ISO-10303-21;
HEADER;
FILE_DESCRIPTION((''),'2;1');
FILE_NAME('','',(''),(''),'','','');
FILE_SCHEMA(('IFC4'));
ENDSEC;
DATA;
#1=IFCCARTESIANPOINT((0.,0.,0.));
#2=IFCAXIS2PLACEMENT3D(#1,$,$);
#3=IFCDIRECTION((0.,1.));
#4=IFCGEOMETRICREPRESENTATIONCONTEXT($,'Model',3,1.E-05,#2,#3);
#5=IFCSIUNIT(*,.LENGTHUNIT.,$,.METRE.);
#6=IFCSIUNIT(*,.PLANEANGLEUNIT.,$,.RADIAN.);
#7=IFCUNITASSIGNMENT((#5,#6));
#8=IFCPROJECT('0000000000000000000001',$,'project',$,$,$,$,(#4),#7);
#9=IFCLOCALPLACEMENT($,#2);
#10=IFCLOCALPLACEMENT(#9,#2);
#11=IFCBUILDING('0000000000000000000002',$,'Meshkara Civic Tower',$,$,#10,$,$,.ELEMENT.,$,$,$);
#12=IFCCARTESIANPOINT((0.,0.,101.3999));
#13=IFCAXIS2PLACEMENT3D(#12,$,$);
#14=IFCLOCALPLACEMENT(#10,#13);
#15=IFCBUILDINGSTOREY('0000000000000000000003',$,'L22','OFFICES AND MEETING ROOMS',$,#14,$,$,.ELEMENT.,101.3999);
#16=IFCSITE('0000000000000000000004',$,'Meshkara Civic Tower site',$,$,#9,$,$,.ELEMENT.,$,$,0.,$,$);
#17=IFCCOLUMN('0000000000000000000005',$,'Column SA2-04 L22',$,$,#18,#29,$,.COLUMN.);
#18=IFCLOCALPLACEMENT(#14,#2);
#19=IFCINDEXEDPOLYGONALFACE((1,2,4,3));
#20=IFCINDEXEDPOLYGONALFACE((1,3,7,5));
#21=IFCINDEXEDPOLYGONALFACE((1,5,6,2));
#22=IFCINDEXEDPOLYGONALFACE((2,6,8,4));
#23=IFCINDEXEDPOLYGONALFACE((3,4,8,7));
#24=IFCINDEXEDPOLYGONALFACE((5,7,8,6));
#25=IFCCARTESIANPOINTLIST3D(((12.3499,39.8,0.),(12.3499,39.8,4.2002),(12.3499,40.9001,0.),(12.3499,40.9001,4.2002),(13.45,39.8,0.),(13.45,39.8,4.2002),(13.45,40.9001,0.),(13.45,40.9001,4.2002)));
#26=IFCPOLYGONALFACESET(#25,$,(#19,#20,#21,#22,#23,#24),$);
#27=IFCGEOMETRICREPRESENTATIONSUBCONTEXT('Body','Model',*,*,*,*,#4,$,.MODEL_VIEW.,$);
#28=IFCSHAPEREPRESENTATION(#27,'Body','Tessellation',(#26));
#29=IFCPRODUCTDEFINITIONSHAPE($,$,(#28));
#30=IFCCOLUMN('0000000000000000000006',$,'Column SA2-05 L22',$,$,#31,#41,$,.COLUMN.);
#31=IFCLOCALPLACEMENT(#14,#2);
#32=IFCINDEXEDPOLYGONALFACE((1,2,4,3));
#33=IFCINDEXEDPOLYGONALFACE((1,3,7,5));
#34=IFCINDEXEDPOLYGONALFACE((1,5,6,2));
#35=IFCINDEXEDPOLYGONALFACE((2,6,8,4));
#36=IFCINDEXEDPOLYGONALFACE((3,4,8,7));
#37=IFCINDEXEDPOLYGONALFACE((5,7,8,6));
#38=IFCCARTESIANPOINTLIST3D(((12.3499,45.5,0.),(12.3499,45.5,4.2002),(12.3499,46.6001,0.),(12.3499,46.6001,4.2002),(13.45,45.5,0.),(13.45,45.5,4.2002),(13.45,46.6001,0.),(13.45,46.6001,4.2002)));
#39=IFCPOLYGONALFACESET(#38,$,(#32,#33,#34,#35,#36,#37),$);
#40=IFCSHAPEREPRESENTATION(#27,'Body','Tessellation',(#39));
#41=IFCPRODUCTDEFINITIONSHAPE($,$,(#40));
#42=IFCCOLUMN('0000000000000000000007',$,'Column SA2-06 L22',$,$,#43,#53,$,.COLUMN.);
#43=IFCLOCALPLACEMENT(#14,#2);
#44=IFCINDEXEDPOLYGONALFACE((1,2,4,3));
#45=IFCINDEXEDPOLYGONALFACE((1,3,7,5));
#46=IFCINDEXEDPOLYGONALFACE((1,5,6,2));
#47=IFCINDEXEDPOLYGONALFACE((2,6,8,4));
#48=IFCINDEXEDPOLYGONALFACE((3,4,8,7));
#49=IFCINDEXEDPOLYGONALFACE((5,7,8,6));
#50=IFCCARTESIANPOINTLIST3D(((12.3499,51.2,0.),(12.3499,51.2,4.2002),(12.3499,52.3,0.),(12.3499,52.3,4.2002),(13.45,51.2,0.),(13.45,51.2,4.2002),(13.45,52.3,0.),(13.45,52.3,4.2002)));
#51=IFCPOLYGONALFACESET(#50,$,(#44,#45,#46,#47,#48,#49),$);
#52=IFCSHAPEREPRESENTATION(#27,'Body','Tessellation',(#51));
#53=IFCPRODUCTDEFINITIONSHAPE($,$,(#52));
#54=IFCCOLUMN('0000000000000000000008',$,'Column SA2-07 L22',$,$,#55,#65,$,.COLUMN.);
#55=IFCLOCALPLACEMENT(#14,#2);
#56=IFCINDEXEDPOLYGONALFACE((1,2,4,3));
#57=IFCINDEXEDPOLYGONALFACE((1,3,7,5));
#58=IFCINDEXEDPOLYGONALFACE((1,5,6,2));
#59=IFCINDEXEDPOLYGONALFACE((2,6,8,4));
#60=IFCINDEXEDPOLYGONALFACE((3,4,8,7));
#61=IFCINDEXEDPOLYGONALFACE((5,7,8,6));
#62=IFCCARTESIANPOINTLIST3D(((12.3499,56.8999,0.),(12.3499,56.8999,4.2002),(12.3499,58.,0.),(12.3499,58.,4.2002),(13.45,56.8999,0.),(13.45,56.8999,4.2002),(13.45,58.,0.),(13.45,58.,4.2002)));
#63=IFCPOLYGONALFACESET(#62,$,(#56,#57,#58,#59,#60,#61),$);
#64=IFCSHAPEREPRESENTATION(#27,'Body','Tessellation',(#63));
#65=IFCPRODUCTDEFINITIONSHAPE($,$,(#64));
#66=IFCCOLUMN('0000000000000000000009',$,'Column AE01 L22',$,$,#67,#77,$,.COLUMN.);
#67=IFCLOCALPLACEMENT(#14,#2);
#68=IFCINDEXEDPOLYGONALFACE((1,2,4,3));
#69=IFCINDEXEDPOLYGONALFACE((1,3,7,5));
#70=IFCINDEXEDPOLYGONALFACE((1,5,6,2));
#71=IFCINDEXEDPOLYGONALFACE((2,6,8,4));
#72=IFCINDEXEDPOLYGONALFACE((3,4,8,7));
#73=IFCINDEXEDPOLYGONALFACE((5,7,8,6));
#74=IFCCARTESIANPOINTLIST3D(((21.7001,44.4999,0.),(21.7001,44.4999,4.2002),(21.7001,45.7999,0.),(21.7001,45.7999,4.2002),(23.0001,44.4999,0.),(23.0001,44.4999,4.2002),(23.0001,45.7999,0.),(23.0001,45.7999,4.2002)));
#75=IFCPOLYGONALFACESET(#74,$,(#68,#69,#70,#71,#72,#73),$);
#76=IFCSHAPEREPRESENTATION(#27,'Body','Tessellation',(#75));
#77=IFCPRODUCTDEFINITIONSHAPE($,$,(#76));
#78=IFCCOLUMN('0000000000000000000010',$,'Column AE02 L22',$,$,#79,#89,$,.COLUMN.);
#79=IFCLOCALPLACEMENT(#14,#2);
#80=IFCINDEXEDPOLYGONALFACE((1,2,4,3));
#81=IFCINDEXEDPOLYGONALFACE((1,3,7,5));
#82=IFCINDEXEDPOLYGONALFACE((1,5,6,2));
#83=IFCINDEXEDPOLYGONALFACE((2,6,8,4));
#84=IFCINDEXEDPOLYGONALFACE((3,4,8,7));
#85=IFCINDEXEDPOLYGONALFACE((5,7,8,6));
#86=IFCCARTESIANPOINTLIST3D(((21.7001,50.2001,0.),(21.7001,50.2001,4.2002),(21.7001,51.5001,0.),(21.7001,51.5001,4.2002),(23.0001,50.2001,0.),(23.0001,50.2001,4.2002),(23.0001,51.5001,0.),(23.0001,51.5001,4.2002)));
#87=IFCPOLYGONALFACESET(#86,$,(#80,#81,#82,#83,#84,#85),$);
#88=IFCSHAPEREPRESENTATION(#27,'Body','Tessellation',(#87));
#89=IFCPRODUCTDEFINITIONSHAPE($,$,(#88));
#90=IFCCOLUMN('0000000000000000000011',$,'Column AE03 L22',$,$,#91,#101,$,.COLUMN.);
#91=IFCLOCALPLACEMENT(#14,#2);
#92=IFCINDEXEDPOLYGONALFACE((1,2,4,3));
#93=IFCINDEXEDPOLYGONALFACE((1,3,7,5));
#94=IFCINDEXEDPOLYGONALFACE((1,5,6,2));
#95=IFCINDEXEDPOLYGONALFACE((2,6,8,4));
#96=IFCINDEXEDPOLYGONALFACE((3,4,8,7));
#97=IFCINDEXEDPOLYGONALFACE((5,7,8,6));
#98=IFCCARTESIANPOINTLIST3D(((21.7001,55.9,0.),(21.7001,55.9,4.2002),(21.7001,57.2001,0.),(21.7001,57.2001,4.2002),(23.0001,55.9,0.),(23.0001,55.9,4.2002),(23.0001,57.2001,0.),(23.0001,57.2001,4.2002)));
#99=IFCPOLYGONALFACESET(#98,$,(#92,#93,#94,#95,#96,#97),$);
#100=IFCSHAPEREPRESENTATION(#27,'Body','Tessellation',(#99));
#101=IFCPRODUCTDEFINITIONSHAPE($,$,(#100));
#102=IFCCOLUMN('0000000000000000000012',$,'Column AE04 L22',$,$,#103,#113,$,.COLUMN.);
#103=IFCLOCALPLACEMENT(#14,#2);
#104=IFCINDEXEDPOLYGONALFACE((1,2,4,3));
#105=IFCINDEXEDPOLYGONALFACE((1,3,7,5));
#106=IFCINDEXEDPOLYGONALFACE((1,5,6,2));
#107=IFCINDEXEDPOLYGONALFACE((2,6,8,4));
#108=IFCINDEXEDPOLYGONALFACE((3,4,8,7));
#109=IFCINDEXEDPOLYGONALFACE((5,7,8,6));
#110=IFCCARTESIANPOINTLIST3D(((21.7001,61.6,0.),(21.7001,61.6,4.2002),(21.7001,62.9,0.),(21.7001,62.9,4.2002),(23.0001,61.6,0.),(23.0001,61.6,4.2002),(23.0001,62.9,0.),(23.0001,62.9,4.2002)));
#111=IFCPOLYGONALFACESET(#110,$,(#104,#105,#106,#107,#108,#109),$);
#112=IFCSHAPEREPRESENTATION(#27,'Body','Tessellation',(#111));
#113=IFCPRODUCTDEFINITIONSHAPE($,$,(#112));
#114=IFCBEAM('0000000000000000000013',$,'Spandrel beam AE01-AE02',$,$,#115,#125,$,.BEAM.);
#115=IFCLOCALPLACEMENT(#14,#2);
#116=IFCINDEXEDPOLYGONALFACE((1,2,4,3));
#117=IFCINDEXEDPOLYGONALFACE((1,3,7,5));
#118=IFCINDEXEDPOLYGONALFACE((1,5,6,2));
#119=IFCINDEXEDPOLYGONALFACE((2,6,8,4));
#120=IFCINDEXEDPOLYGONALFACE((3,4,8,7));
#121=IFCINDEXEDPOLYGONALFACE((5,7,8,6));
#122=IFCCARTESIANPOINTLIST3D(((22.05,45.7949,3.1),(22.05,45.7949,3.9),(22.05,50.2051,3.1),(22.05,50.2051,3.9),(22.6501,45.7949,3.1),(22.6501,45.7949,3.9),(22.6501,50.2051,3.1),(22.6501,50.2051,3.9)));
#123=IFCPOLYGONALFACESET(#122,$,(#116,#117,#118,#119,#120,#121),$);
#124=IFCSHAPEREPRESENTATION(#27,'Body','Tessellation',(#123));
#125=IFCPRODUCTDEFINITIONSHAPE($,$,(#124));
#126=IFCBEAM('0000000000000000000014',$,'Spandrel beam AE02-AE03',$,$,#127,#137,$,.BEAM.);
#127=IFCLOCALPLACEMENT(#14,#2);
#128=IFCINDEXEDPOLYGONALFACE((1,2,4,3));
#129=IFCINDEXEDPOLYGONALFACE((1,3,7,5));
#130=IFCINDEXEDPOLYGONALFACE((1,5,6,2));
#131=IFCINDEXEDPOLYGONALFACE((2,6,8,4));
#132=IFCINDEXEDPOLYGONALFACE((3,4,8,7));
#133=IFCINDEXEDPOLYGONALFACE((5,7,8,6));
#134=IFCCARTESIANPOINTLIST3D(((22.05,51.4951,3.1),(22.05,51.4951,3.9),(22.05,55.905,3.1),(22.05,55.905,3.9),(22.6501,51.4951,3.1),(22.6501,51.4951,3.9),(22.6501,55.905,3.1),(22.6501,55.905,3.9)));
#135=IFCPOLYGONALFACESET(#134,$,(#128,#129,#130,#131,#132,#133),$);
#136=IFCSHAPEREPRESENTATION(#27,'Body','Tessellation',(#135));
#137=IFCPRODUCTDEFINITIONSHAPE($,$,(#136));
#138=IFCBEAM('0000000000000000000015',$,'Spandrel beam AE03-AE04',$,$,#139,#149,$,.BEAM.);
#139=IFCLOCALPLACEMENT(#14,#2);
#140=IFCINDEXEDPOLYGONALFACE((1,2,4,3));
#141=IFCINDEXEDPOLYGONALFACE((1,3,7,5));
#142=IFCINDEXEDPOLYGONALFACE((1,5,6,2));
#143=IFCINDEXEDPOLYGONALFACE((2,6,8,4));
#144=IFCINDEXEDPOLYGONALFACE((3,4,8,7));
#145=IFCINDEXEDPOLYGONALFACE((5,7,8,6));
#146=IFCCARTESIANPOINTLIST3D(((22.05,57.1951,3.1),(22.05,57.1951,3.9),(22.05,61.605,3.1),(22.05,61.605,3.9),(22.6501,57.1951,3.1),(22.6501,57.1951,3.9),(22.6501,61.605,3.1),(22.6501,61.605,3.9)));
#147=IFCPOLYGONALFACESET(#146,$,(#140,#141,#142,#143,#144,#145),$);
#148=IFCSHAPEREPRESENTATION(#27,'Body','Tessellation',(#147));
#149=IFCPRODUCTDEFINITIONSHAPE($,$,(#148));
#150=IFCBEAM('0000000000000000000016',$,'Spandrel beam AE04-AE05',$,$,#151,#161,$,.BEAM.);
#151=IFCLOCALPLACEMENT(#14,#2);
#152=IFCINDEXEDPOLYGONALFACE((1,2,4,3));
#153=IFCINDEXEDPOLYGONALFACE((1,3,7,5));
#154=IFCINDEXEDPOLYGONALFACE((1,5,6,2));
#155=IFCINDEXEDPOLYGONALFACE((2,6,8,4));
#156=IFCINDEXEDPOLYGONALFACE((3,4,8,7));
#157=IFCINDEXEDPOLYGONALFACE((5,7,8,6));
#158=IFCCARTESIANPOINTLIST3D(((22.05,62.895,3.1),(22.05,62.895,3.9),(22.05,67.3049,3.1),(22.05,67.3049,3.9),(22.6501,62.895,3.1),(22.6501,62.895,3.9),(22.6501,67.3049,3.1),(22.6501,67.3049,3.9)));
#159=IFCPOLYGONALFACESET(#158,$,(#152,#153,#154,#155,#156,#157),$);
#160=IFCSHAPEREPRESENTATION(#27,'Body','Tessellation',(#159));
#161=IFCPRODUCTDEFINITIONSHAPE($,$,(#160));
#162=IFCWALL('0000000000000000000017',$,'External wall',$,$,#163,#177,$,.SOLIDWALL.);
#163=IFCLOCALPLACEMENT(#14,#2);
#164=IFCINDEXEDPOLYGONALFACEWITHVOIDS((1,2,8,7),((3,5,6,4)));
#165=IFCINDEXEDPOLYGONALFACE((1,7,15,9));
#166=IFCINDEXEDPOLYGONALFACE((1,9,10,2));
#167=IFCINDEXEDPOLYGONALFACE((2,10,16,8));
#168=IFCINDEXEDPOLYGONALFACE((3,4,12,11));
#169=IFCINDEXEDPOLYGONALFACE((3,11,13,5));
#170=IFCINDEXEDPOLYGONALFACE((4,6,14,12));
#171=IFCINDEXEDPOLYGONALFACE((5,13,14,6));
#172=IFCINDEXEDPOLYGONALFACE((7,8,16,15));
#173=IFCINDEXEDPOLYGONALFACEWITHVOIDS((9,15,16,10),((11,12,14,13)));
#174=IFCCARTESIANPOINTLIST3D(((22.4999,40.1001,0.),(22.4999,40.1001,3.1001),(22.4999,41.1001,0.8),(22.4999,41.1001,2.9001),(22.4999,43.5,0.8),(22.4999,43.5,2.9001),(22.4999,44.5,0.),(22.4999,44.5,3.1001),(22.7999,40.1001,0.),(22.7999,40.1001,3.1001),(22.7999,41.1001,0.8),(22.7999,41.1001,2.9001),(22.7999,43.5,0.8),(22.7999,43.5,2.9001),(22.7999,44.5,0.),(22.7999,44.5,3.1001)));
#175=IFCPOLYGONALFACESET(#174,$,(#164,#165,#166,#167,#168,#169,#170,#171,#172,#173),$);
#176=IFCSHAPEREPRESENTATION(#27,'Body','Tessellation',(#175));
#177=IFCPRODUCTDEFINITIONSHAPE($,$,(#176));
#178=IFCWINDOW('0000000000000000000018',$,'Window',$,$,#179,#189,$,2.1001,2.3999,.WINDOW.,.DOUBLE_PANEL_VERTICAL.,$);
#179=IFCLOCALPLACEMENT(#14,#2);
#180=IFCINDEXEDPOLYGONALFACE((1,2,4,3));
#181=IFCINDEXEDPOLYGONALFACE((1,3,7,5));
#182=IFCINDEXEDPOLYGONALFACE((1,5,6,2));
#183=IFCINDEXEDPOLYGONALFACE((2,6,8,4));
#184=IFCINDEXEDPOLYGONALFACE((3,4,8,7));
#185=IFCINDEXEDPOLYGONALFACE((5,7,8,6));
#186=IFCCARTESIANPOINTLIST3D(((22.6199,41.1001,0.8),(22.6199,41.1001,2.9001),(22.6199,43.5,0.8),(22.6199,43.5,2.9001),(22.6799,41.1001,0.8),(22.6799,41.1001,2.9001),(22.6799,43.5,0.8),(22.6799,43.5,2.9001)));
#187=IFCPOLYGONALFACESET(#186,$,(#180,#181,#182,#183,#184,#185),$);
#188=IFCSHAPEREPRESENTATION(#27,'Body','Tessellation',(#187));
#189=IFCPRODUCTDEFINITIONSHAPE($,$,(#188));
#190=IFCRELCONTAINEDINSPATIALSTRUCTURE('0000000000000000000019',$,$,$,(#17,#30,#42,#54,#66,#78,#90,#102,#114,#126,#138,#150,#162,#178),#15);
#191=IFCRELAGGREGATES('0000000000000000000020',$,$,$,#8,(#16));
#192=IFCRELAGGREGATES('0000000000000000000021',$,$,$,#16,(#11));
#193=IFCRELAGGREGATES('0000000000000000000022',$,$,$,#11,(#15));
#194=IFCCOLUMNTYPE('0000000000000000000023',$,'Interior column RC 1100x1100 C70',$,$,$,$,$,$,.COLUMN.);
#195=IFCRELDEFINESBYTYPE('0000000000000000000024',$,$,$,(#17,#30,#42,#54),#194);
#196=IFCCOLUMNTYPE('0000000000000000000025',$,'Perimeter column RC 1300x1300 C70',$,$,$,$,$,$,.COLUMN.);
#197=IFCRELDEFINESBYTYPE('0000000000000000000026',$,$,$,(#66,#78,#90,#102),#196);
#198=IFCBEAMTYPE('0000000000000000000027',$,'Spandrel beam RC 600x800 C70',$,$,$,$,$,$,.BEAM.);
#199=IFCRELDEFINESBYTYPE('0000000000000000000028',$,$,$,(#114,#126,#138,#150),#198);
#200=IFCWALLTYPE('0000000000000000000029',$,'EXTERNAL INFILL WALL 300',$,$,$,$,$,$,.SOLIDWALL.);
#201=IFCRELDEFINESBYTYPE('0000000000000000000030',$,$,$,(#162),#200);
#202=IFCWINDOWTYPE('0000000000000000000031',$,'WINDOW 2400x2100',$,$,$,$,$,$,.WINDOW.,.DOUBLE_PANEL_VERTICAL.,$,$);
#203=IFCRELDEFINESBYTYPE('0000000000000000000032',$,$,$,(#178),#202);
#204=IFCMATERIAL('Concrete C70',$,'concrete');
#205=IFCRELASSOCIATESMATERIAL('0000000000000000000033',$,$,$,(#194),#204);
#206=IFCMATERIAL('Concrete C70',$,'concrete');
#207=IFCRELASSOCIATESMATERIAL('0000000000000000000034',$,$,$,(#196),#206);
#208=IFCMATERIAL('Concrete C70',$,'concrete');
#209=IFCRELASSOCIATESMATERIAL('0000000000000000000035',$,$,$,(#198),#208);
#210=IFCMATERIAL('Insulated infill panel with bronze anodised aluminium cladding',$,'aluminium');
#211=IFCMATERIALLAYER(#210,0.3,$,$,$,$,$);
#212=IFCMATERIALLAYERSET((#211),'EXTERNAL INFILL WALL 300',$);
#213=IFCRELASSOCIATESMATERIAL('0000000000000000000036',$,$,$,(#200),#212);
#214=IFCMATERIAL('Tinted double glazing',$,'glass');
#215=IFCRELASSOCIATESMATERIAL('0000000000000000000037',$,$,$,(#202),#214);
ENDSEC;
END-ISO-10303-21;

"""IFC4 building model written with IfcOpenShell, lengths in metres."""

from ifc_helpers import new_model, si_unit, direction, frame, frame_2d, origin, origin_2d, place, context, subcontext, project, spatial, rectangle, extrude, material, layer, layer_set, material_profile, profile_set, type_object, element, fill, save


model = new_model("IFC4")

# Units and contexts
model_context = context("Model", 3, precision=1e-05, world=origin(), true_north=direction((0.0, 1.0)))
body_context = subcontext(model_context, "Body", "Model", "MODEL_VIEW")
ifc_project = project(units=[si_unit("LENGTHUNIT", "METRE"), si_unit("PLANEANGLEUNIT", "RADIAN")], contexts=[model_context])

# Site, building, storey
site_placement = place(None, origin())
site = spatial("IfcSite", under=ifc_project, at=site_placement, Name="Meshkara Civic Tower site", CompositionType="ELEMENT", RefElevation=0.0)
building_placement = place(site_placement, origin())
building = spatial("IfcBuilding", under=site, at=building_placement, Name="Meshkara Civic Tower", CompositionType="ELEMENT")
storey_placement = place(building_placement, frame((0.0, 0.0, 101.3999)))
storey = spatial("IfcBuildingStorey", under=building, at=storey_placement, Name="L22", Description="OFFICES AND MEETING ROOMS", CompositionType="ELEMENT", Elevation=101.3999)

# Columns
ifc_material_1 = material(Name="Concrete C70", Category="concrete")
ifc_material_profile_1 = material_profile(ifc_material_1, rectangle(XDim=1.1001, YDim=1.1001, at=origin_2d()))
ifc_profile_set_1 = profile_set([ifc_material_profile_1], Name="Concrete C70")
column_type_1 = type_object("IfcColumnType", Name="Interior column RC 1100x1100 C70", PredefinedType="COLUMN", material=ifc_profile_set_1)
for number, where, z_axis, x_axis, name in (
    (1, (12.8999, 40.3501, 0.0), (0.0, 0.0, 1.0), (1.0, 0.0, 0.0), "Column SA2-04 L22"),
    (2, (12.8999, 46.05, 0.0), (0.0, 0.0, 1.0), (1.0, 0.0, 0.0), "Column SA2-05 L22"),
    (3, (12.8999, 51.75, 0.0), (0.0, 0.0, 1.0), (1.0, 0.0, 0.0), "Column SA2-06 L22"),
    (4, (12.8999, 57.45, 0.0), (0.0, 0.0, 1.0), (1.0, 0.0, 0.0), "Column SA2-07 L22"),
):
    element("IfcColumn", number, at=place(storey_placement, frame(where, z_axis=z_axis, x_axis=x_axis)), inside=storey, type_object=column_type_1, Name=name, PredefinedType="COLUMN", context=body_context, shape_type="SweptSolid", body=[
        extrude(rectangle(XDim=1.1001, YDim=1.1001, at=origin_2d()), origin(), (0.0, 0.0, 1.0), 4.2002),
    ])
ifc_material_2 = material(Name="Concrete C70", Category="concrete")
ifc_material_profile_2 = material_profile(ifc_material_2, rectangle(XDim=1.3, YDim=1.3, at=origin_2d()))
ifc_profile_set_2 = profile_set([ifc_material_profile_2], Name="Concrete C70")
column_type_2 = type_object("IfcColumnType", Name="Perimeter column RC 1300x1300 C70", PredefinedType="COLUMN", material=ifc_profile_set_2)
for number, where, z_axis, x_axis, name in (
    (5, (22.3501, 45.1499, 0.0), (0.0, 0.0, 1.0), (1.0, 0.0, 0.0), "Column AE01 L22"),
    (6, (22.3501, 50.8501, 0.0), (0.0, 0.0, 1.0), (1.0, 0.0, 0.0), "Column AE02 L22"),
    (7, (22.3501, 56.55, 0.0), (0.0, 0.0, 1.0), (1.0, 0.0, 0.0), "Column AE03 L22"),
    (8, (22.3501, 62.25, 0.0), (0.0, 0.0, 1.0), (1.0, 0.0, 0.0), "Column AE04 L22"),
):
    element("IfcColumn", number, at=place(storey_placement, frame(where, z_axis=z_axis, x_axis=x_axis)), inside=storey, type_object=column_type_2, Name=name, PredefinedType="COLUMN", context=body_context, shape_type="SweptSolid", body=[
        extrude(rectangle(XDim=1.3, YDim=1.3, at=origin_2d()), origin(), (0.0, 0.0, 1.0), 4.2002),
    ])

# Beams
ifc_material_3 = material(Name="Concrete C70", Category="concrete")
ifc_material_profile_3 = material_profile(ifc_material_3, rectangle(XDim=0.6001, YDim=0.8, at=origin_2d()))
ifc_profile_set_3 = profile_set([ifc_material_profile_3], Name="Concrete C70")
beam_type = type_object("IfcBeamType", Name="Spandrel beam RC 600x800 C70", PredefinedType="BEAM", material=ifc_profile_set_3)
beam_placement = place(storey_placement, frame((22.3501, 45.7949, 3.5), z_axis=(0.0, 1.0, 0.0), x_axis=(-1.0, 0.0, 0.0)))
element("IfcBeam", 9, at=beam_placement, inside=storey, type_object=beam_type, Name="Spandrel beam AE01-AE02", PredefinedType="BEAM", context=body_context, shape_type="SweptSolid", body=[
    extrude(rectangle(XDim=0.6001, YDim=0.8, at=origin_2d()), origin(), (0.0, 0.0, 1.0), 4.4102),
])
for number, where, z_axis, x_axis, name in (
    (10, (22.3501, 51.4951, 3.5), (0.0, 1.0, 0.0), (-1.0, 0.0, 0.0), "Spandrel beam AE02-AE03"),
    (11, (22.3501, 57.1951, 3.5), (0.0, 1.0, 0.0), (-1.0, 0.0, 0.0), "Spandrel beam AE03-AE04"),
    (12, (22.3501, 62.895, 3.5), (0.0, 1.0, 0.0), (-1.0, 0.0, 0.0), "Spandrel beam AE04-AE05"),
):
    element("IfcBeam", number, at=place(storey_placement, frame(where, z_axis=z_axis, x_axis=x_axis)), inside=storey, type_object=beam_type, Name=name, PredefinedType="BEAM", context=body_context, shape_type="SweptSolid", body=[
        extrude(rectangle(XDim=0.6001, YDim=0.8, at=origin_2d()), origin(), (0.0, 0.0, 1.0), 4.4099),
    ])

# Wall, opening, window
ifc_material_4 = material(Name="Insulated infill panel with bronze anodised aluminium cladding", Category="aluminium")
ifc_layer_1 = layer(ifc_material_4, 0.3)
ifc_layer_set_1 = layer_set([ifc_layer_1], Name="EXTERNAL INFILL WALL 300")
wall_type_1 = type_object("IfcWallType", Name="EXTERNAL INFILL WALL 300", PredefinedType="SOLIDWALL", material=ifc_layer_set_1)
wall_1_placement = place(storey_placement, frame((22.6499, 40.1001, 0.0), z_axis=(0.0, 0.0, 1.0), x_axis=(0.0, 1.0, 0.0)))
wall_1 = element("IfcWall", 13, at=wall_1_placement, inside=storey, type_object=wall_type_1, Name="External wall", PredefinedType="SOLIDWALL", context=body_context, shape_type="SweptSolid", body=[
    extrude(rectangle(XDim=4.3999, YDim=0.3, at=frame_2d((2.2, 0.0))), origin(), (0.0, 0.0, 1.0), 3.1001),
])
opening_1_placement = place(wall_1_placement, frame((1.0, 0.0, 0.8)))
opening_1 = element("IfcOpeningElement", 14, at=opening_1_placement, cuts=wall_1, PredefinedType="OPENING", context=body_context, shape_type="SweptSolid", body=[
    extrude(rectangle(XDim=2.3999, YDim=2.1001, at=frame_2d((1.2, 1.05))), frame((0.0, 0.1599, 0.0), z_axis=(0.0, -1.0, 0.0), x_axis=(1.0, 0.0, 0.0)), (0.0, 0.0, 1.0), 0.3201),
])
ifc_material_5 = material(Name="Tinted double glazing", Category="glass")
window_type = type_object("IfcWindowType", Name="WINDOW 2400x2100", PartitioningType="DOUBLE_PANEL_VERTICAL", PredefinedType="WINDOW", material=ifc_material_5)
window_1_placement = place(opening_1_placement, origin())
window_1 = element("IfcWindow", 15, at=window_1_placement, inside=storey, type_object=window_type, Name="Window", OverallHeight=2.1001, OverallWidth=2.3999, PartitioningType="DOUBLE_PANEL_VERTICAL", PredefinedType="WINDOW", context=body_context, shape_type="SweptSolid", body=[
    extrude(rectangle(XDim=2.3999, YDim=2.1001, at=frame_2d((1.2, 1.05))), frame((0.0, 0.03, 0.0), z_axis=(0.0, -1.0, 0.0), x_axis=(1.0, 0.0, 0.0)), (0.0, 0.0, 1.0), 0.0601),
])
fill(opening_1, window_1)

save(model, "model.ifc")
